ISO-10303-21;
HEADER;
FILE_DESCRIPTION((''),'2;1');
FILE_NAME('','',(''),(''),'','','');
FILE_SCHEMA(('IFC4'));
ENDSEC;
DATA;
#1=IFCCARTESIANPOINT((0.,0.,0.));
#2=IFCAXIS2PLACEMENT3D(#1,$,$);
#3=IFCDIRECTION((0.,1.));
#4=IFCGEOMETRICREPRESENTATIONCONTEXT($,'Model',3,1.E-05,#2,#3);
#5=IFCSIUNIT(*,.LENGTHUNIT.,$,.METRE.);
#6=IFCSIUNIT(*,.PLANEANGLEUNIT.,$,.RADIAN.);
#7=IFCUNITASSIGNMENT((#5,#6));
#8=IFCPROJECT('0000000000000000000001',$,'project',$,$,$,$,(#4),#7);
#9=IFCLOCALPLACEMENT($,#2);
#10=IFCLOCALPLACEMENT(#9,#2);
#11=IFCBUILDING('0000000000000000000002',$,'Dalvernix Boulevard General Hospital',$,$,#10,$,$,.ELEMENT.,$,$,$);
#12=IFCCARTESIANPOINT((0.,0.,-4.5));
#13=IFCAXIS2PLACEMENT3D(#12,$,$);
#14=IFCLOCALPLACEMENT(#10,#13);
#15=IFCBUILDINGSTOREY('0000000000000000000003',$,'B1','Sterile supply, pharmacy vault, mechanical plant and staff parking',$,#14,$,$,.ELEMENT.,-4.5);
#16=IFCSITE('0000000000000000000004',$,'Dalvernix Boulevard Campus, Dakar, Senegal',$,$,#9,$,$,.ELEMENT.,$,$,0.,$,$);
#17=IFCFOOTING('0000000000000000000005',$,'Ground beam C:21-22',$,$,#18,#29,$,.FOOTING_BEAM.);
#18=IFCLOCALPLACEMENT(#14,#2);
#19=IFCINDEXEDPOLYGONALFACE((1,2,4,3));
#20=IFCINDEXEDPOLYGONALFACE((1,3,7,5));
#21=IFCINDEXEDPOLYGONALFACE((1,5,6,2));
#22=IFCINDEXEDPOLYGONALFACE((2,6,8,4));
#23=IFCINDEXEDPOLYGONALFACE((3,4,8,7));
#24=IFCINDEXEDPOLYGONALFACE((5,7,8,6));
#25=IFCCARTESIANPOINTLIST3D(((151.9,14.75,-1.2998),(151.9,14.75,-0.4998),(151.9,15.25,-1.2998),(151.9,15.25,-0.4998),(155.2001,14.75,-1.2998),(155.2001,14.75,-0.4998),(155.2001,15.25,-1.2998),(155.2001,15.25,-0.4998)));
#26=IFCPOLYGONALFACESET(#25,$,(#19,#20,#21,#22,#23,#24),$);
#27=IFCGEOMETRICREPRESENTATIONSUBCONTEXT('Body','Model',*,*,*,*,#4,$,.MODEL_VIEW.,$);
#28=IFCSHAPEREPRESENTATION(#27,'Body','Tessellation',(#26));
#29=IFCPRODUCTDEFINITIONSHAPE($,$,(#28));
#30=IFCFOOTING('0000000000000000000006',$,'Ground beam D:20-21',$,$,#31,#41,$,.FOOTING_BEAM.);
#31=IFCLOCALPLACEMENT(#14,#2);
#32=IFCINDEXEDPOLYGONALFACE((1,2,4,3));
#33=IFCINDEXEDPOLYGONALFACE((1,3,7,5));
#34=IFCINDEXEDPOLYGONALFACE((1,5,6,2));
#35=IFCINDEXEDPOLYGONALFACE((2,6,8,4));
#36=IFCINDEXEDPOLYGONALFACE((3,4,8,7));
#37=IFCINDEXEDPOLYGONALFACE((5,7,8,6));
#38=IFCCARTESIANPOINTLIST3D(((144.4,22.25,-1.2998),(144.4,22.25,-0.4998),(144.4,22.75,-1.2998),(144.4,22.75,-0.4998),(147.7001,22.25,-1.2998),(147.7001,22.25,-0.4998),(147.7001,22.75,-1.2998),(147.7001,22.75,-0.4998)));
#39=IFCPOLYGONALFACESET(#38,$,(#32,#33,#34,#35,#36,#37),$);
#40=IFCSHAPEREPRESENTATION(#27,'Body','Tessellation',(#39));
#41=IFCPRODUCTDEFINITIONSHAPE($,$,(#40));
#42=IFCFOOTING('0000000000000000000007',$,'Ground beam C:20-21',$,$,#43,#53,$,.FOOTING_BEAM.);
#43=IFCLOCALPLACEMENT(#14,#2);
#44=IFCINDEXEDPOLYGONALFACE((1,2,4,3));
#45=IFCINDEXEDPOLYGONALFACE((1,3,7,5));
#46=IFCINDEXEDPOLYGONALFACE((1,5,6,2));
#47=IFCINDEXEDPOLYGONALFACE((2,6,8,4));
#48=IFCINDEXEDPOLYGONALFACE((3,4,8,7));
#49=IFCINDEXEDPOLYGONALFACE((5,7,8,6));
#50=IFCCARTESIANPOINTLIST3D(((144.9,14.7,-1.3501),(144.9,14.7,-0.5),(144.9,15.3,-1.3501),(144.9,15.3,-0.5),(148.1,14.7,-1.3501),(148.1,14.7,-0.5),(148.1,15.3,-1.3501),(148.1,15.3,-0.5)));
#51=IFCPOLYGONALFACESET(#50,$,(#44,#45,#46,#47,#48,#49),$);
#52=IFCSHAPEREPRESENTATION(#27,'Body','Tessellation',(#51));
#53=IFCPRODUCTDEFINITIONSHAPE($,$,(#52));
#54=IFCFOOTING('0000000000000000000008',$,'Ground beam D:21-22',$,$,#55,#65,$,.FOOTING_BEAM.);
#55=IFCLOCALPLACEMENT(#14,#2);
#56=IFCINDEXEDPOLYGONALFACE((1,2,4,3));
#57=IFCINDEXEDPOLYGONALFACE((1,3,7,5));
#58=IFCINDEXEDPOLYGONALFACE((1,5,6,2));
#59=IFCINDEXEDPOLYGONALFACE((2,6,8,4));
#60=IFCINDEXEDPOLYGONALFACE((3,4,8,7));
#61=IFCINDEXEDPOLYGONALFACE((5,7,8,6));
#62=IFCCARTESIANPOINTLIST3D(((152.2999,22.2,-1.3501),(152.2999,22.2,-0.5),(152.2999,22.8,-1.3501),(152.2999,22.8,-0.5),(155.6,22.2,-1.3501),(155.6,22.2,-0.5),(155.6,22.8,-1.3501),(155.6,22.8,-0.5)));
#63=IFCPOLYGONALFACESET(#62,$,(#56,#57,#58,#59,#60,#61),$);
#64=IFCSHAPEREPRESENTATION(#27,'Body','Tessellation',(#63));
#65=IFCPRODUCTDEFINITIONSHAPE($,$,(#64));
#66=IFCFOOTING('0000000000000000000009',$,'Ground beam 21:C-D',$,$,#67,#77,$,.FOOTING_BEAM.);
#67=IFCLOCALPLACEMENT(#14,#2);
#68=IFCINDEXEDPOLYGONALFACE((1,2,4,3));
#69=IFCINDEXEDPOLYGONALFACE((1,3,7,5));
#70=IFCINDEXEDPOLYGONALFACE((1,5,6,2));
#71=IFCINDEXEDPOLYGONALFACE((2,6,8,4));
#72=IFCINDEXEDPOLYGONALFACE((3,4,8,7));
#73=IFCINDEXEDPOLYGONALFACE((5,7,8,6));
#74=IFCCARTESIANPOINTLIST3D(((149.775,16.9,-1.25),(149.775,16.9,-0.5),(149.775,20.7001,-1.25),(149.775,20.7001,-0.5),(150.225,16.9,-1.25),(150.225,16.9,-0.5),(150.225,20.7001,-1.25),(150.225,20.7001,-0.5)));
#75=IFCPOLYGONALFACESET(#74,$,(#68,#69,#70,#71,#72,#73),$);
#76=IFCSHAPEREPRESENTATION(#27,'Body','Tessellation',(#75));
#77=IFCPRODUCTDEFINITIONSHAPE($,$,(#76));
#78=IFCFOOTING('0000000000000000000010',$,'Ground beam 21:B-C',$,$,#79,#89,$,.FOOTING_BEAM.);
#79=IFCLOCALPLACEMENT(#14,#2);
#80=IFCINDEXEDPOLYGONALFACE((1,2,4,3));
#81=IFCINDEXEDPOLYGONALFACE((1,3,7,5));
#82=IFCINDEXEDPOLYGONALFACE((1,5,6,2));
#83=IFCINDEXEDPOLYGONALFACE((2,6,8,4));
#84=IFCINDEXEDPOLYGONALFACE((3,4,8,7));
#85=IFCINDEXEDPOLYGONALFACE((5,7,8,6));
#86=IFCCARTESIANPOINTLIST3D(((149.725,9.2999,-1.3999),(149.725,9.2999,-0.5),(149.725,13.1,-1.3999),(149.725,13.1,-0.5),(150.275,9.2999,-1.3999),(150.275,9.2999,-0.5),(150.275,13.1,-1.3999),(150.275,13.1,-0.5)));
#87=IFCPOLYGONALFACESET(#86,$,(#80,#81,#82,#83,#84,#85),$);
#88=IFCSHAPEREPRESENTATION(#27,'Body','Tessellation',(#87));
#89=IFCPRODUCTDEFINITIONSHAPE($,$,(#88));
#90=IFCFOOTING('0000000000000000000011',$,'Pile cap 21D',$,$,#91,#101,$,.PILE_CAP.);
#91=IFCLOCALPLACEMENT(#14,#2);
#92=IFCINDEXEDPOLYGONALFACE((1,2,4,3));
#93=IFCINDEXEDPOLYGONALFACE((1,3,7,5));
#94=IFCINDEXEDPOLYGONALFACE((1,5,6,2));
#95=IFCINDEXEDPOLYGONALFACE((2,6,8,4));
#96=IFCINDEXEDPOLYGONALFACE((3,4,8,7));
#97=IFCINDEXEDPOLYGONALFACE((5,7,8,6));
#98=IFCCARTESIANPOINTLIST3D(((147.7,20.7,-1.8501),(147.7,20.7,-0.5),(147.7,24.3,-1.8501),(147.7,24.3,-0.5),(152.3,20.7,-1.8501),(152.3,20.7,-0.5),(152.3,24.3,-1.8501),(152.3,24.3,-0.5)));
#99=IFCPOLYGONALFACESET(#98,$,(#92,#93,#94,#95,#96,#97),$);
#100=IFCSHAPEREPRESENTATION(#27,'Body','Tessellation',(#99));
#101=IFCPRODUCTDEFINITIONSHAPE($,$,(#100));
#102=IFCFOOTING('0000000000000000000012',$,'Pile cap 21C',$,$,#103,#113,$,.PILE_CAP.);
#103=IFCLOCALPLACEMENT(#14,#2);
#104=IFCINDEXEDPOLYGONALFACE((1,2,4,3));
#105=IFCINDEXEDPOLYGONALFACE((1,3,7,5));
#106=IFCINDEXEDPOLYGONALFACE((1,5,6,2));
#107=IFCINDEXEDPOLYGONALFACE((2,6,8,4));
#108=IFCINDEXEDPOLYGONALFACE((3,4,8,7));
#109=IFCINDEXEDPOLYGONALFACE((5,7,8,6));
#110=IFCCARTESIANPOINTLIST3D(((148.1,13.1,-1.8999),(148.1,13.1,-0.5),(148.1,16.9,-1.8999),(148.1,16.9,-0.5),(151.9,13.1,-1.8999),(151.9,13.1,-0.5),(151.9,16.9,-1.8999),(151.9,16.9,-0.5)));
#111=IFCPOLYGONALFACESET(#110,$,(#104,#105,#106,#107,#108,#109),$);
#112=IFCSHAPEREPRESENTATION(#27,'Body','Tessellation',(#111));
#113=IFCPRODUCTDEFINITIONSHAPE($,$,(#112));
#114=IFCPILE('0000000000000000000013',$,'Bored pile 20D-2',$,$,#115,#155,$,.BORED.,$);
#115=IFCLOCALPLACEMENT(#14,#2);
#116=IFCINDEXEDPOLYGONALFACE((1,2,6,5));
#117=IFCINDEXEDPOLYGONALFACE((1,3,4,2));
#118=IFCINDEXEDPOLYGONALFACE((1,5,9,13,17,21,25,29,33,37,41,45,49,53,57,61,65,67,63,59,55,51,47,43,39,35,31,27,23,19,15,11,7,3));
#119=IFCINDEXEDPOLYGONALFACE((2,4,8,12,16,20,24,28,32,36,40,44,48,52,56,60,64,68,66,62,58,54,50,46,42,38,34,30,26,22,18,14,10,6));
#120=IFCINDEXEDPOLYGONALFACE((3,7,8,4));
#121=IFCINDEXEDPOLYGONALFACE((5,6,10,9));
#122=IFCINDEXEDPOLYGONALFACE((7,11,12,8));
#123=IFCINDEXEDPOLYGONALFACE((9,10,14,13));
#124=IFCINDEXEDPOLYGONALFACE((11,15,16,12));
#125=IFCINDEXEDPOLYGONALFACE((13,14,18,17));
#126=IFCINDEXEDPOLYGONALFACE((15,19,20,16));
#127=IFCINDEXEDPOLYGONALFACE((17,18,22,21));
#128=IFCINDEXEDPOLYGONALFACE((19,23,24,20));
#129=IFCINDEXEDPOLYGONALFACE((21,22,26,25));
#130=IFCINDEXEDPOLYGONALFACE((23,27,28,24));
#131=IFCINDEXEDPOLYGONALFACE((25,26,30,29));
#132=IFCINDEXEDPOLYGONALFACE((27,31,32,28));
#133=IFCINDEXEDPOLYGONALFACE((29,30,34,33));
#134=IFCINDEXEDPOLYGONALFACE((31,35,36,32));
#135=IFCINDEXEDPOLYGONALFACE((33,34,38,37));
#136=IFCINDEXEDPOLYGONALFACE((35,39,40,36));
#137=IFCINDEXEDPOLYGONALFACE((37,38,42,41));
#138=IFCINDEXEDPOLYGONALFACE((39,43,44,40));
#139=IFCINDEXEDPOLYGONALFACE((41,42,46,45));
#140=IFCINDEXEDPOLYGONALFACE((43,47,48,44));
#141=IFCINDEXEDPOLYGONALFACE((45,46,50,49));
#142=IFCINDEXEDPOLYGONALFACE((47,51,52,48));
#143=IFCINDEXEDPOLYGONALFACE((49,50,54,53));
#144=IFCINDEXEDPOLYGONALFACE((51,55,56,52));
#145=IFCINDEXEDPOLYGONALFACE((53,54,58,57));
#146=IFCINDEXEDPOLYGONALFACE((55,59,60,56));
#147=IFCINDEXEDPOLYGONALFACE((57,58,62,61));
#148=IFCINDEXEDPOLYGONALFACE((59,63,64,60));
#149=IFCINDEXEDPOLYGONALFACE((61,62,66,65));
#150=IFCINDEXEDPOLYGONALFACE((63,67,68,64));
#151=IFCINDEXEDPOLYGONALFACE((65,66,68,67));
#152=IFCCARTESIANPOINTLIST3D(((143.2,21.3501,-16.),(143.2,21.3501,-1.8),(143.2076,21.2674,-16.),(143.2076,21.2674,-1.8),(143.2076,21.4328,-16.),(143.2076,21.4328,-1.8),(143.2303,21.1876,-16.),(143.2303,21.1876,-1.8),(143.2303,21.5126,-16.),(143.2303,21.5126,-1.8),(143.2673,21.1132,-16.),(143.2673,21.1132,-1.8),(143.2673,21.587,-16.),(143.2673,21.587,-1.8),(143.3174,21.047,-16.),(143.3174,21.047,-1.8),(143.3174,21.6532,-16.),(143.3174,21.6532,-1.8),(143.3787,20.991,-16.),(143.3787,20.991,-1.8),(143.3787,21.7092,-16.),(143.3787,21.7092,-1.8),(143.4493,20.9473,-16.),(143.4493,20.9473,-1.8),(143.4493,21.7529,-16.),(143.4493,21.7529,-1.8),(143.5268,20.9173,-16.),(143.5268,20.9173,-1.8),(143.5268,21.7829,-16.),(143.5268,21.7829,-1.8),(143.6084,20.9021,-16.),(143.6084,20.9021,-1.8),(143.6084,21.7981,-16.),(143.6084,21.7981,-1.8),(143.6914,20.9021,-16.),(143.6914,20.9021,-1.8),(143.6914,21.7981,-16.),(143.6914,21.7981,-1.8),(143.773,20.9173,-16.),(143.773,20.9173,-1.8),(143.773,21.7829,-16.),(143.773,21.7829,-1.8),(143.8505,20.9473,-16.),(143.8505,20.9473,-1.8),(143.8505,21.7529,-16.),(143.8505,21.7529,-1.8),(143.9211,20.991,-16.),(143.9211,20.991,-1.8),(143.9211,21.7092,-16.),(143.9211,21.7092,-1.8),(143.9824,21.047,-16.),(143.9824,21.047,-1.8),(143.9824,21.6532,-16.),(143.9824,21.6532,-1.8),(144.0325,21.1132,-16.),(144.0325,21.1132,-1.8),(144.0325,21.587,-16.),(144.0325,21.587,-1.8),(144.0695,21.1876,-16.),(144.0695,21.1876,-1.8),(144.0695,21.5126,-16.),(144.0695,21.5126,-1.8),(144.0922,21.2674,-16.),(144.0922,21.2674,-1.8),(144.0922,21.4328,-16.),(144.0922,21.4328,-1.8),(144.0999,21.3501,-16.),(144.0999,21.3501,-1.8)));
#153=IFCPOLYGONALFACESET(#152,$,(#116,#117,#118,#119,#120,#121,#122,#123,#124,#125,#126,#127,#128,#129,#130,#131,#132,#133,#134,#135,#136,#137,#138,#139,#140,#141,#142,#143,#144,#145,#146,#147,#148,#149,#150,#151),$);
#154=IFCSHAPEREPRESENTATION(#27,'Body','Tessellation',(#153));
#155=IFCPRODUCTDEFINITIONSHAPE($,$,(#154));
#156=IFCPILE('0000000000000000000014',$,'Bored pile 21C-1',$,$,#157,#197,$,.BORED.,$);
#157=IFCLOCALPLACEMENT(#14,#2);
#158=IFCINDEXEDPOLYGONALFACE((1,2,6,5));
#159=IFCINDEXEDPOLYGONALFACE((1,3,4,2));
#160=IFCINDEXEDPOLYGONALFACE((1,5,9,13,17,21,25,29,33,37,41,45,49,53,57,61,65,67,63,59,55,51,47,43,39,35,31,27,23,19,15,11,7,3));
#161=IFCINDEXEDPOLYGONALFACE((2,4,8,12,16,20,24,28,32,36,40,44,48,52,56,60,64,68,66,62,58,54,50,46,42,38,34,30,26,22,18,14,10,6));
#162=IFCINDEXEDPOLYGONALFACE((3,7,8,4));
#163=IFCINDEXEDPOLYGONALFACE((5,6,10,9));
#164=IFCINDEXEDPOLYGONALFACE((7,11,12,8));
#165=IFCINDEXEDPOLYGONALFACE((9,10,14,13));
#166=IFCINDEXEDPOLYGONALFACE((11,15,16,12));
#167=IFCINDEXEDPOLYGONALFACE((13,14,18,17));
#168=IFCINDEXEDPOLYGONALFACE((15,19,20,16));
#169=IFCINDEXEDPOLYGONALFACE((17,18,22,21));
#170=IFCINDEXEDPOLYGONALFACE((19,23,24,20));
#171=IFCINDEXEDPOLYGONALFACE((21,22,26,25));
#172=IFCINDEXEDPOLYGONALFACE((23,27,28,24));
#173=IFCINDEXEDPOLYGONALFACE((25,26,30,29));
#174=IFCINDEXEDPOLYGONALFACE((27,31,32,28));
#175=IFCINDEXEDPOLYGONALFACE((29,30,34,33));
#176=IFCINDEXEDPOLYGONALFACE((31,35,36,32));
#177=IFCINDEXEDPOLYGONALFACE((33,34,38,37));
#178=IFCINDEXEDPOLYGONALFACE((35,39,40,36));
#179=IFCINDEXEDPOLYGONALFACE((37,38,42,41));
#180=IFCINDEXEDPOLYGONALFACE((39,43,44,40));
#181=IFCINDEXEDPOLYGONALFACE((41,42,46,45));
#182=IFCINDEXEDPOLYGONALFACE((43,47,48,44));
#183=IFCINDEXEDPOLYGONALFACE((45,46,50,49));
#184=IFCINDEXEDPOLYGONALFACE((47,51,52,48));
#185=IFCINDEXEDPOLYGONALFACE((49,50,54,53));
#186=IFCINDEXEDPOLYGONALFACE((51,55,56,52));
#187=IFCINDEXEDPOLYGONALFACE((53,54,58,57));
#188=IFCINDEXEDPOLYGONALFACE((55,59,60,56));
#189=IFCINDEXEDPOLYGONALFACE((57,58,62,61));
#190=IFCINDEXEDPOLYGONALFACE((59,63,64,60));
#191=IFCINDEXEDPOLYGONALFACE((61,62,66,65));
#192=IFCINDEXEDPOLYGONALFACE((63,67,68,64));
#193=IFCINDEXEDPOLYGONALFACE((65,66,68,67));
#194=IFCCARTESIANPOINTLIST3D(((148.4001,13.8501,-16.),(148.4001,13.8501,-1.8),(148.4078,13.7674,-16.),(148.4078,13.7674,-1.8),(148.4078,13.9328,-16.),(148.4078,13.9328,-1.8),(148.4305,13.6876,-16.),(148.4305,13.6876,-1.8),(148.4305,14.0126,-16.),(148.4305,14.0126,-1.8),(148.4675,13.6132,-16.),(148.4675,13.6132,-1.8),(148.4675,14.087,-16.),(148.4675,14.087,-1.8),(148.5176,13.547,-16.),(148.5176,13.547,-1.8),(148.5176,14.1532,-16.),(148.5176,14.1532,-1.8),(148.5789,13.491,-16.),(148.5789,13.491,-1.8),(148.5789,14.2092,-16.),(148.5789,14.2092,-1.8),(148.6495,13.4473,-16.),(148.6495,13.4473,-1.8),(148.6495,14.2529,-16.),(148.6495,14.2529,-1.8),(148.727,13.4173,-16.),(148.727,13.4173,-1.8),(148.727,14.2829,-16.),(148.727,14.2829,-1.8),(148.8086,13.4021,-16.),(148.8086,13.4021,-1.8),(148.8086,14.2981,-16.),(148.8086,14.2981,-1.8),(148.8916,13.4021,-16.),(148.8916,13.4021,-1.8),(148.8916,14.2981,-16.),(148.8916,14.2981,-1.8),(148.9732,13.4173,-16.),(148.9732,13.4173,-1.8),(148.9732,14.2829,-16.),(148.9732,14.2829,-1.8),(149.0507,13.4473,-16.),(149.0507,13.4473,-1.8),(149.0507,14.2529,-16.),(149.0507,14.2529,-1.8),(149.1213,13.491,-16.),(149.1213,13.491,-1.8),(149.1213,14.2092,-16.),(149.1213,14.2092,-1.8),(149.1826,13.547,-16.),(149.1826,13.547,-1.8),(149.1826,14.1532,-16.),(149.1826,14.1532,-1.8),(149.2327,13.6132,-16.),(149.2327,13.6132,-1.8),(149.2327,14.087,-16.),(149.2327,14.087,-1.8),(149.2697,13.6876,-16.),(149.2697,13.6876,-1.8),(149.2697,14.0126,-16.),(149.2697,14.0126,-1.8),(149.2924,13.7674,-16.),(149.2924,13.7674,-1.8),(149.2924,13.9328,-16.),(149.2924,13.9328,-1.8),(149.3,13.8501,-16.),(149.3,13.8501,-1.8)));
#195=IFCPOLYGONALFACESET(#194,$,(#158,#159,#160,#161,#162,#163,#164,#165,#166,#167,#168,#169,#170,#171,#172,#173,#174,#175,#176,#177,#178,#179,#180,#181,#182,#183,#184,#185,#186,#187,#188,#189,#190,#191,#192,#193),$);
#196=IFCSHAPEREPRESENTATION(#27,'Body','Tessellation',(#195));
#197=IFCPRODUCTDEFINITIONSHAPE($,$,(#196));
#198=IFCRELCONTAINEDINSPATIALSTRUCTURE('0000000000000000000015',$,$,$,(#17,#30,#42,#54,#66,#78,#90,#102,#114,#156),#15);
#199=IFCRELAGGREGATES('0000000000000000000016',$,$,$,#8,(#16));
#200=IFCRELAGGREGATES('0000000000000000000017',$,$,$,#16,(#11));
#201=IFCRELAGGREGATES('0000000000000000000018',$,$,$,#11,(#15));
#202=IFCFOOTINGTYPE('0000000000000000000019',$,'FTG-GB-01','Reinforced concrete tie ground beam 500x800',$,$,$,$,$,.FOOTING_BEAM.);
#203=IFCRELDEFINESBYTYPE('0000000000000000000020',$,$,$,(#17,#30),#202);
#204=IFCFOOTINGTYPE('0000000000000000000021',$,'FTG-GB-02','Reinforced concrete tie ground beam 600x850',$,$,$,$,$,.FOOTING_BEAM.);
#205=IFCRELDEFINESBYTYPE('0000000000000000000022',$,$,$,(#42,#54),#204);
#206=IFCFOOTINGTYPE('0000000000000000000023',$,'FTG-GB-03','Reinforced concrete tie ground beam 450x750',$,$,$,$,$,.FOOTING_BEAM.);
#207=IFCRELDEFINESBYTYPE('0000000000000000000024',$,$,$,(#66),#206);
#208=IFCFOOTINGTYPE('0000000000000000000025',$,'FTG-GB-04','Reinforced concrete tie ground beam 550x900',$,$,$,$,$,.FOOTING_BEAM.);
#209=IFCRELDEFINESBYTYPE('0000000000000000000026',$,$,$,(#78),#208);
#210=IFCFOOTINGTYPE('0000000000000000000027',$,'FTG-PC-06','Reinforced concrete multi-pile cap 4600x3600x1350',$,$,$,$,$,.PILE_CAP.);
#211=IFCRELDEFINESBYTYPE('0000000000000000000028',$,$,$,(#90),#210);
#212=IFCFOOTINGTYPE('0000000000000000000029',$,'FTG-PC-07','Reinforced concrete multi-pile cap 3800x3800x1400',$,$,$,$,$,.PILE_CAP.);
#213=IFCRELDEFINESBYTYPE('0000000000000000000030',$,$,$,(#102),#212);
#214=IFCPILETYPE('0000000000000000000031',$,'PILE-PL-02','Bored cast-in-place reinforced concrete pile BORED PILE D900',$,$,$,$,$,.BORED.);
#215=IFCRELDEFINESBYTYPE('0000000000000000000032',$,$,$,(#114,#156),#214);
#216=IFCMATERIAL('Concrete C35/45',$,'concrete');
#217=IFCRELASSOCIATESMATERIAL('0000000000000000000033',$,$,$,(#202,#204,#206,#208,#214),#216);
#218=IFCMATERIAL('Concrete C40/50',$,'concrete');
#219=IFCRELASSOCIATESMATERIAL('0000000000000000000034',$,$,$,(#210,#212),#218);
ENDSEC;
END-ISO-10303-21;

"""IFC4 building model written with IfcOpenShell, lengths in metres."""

from ifc_helpers import new_model, si_unit, direction, frame, origin, origin_2d, place, context, subcontext, project, spatial, rectangle, circle, extrude, material, material_profile, profile_set, type_object, element, save


model = new_model("IFC4")

# Units and contexts
model_context = context("Model", 3, precision=1e-05, world=origin(), true_north=direction((0.0, 1.0)))
body_context = subcontext(model_context, "Body", "Model", "MODEL_VIEW")
ifc_project = project(units=[si_unit("LENGTHUNIT", "METRE"), si_unit("PLANEANGLEUNIT", "RADIAN")], contexts=[model_context])

# Site, building, storey
site_placement = place(None, origin())
site = spatial("IfcSite", under=ifc_project, at=site_placement, Name="Dalvernix Boulevard Campus, Dakar, Senegal", CompositionType="ELEMENT", RefElevation=0.0)
building_placement = place(site_placement, origin())
building = spatial("IfcBuilding", under=site, at=building_placement, Name="Dalvernix Boulevard General Hospital", CompositionType="ELEMENT")
storey_placement = place(building_placement, frame((0.0, 0.0, -4.5)))
storey = spatial("IfcBuildingStorey", under=building, at=storey_placement, Name="B1", Description="Sterile supply, pharmacy vault, mechanical plant and staff parking", CompositionType="ELEMENT", Elevation=-4.5)

# Footings
ifc_material_1 = material(Name="Concrete C35/45", Category="concrete")
footing_type_1 = type_object("IfcFootingType", Name="FTG-GB-01", Description="Reinforced concrete tie ground beam 500x800", PredefinedType="FOOTING_BEAM", material=ifc_material_1)
for number, where, z_axis, x_axis, name in (
    (1, (153.55, 15.0, -1.2998), (0.0, 0.0, 1.0), (1.0, 0.0, 0.0), "Ground beam C:21-22"),
    (2, (146.05, 22.5, -1.2998), (0.0, 0.0, 1.0), (1.0, 0.0, 0.0), "Ground beam D:20-21"),
):
    element("IfcFooting", number, at=place(storey_placement, frame(where, z_axis=z_axis, x_axis=x_axis)), inside=storey, type_object=footing_type_1, Name=name, PredefinedType="FOOTING_BEAM", context=body_context, shape_type="SweptSolid", body=[
        extrude(rectangle(XDim=3.3, YDim=0.5, at=origin_2d()), origin(), (0.0, 0.0, 1.0), 0.8),
    ])
footing_type_2 = type_object("IfcFootingType", Name="FTG-GB-02", Description="Reinforced concrete tie ground beam 600x850", PredefinedType="FOOTING_BEAM", material=ifc_material_1)
footing_1_placement = place(storey_placement, frame((146.5, 15.0, -1.3501), z_axis=(0.0, 0.0, 1.0), x_axis=(1.0, 0.0, 0.0)))
element("IfcFooting", 3, at=footing_1_placement, inside=storey, type_object=footing_type_2, Name="Ground beam C:20-21", PredefinedType="FOOTING_BEAM", context=body_context, shape_type="SweptSolid", body=[
    extrude(rectangle(XDim=3.2, YDim=0.6001, at=origin_2d()), origin(), (0.0, 0.0, 1.0), 0.8501),
])
footing_2_placement = place(storey_placement, frame((153.95, 22.5, -1.3501), z_axis=(0.0, 0.0, 1.0), x_axis=(1.0, 0.0, 0.0)))
element("IfcFooting", 4, at=footing_2_placement, inside=storey, type_object=footing_type_2, Name="Ground beam D:21-22", PredefinedType="FOOTING_BEAM", context=body_context, shape_type="SweptSolid", body=[
    extrude(rectangle(XDim=3.3, YDim=0.6001, at=origin_2d()), origin(), (0.0, 0.0, 1.0), 0.8501),
])
footing_type_3 = type_object("IfcFootingType", Name="FTG-GB-03", Description="Reinforced concrete tie ground beam 450x750", PredefinedType="FOOTING_BEAM", material=ifc_material_1)
footing_3_placement = place(storey_placement, frame((150.0, 18.8, -1.25), z_axis=(0.0, 0.0, 1.0), x_axis=(0.0, 1.0, 0.0)))
element("IfcFooting", 5, at=footing_3_placement, inside=storey, type_object=footing_type_3, Name="Ground beam 21:C-D", PredefinedType="FOOTING_BEAM", context=body_context, shape_type="SweptSolid", body=[
    extrude(rectangle(XDim=3.8, YDim=0.45, at=origin_2d()), origin(), (0.0, 0.0, 1.0), 0.75),
])
footing_type_4 = type_object("IfcFootingType", Name="FTG-GB-04", Description="Reinforced concrete tie ground beam 550x900", PredefinedType="FOOTING_BEAM", material=ifc_material_1)
footing_4_placement = place(storey_placement, frame((150.0, 11.2, -1.3999), z_axis=(0.0, 0.0, 1.0), x_axis=(0.0, 1.0, 0.0)))
element("IfcFooting", 6, at=footing_4_placement, inside=storey, type_object=footing_type_4, Name="Ground beam 21:B-C", PredefinedType="FOOTING_BEAM", context=body_context, shape_type="SweptSolid", body=[
    extrude(rectangle(XDim=3.8, YDim=0.55, at=origin_2d()), origin(), (0.0, 0.0, 1.0), 0.8999),
])
ifc_material_2 = material(Name="Concrete C40/50", Category="concrete")
footing_type_5 = type_object("IfcFootingType", Name="FTG-PC-06", Description="Reinforced concrete multi-pile cap 4600x3600x1350", PredefinedType="PILE_CAP", material=ifc_material_2)
footing_5_placement = place(storey_placement, frame((150.0, 22.5, -1.8501), z_axis=(0.0, 0.0, 1.0), x_axis=(1.0, 0.0, 0.0)))
element("IfcFooting", 7, at=footing_5_placement, inside=storey, type_object=footing_type_5, Name="Pile cap 21D", PredefinedType="PILE_CAP", context=body_context, shape_type="SweptSolid", body=[
    extrude(rectangle(XDim=4.6001, YDim=3.6001, at=origin_2d()), origin(), (0.0, 0.0, 1.0), 1.3501),
])
footing_type_6 = type_object("IfcFootingType", Name="FTG-PC-07", Description="Reinforced concrete multi-pile cap 3800x3800x1400", PredefinedType="PILE_CAP", material=ifc_material_2)
footing_6_placement = place(storey_placement, frame((150.0, 15.0, -1.8999), z_axis=(0.0, 0.0, 1.0), x_axis=(1.0, 0.0, 0.0)))
element("IfcFooting", 8, at=footing_6_placement, inside=storey, type_object=footing_type_6, Name="Pile cap 21C", PredefinedType="PILE_CAP", context=body_context, shape_type="SweptSolid", body=[
    extrude(rectangle(XDim=3.8, YDim=3.8, at=origin_2d()), origin(), (0.0, 0.0, 1.0), 1.3999),
])

# Piles
ifc_material_profile_1 = material_profile(ifc_material_1, circle(Radius=0.45, at=origin_2d()), Name="BORED PILE D900")
ifc_profile_set_1 = profile_set([ifc_material_profile_1], Name="Concrete C35/45")
pile_type_1 = type_object("IfcPileType", Name="PILE-PL-02", Description="Bored cast-in-place reinforced concrete pile BORED PILE D900", PredefinedType="BORED", material=ifc_profile_set_1)
for number, where, z_axis, x_axis, name in (
    (9, (143.6499, 21.3501, -1.8), (0.0, 0.0, -1.0), (1.0, 0.0, 0.0), "Bored pile 20D-2"),
    (10, (148.8501, 13.8501, -1.8), (0.0, 0.0, -1.0), (1.0, 0.0, 0.0), "Bored pile 21C-1"),
):
    element("IfcPile", number, at=place(storey_placement, frame(where, z_axis=z_axis, x_axis=x_axis)), inside=storey, type_object=pile_type_1, Name=name, PredefinedType="BORED", context=body_context, shape_type="SweptSolid", body=[
        extrude(circle(Radius=0.45, at=origin_2d()), origin(), (0.0, 0.0, 1.0), 14.2),
    ])

save(model, "model.ifc")
